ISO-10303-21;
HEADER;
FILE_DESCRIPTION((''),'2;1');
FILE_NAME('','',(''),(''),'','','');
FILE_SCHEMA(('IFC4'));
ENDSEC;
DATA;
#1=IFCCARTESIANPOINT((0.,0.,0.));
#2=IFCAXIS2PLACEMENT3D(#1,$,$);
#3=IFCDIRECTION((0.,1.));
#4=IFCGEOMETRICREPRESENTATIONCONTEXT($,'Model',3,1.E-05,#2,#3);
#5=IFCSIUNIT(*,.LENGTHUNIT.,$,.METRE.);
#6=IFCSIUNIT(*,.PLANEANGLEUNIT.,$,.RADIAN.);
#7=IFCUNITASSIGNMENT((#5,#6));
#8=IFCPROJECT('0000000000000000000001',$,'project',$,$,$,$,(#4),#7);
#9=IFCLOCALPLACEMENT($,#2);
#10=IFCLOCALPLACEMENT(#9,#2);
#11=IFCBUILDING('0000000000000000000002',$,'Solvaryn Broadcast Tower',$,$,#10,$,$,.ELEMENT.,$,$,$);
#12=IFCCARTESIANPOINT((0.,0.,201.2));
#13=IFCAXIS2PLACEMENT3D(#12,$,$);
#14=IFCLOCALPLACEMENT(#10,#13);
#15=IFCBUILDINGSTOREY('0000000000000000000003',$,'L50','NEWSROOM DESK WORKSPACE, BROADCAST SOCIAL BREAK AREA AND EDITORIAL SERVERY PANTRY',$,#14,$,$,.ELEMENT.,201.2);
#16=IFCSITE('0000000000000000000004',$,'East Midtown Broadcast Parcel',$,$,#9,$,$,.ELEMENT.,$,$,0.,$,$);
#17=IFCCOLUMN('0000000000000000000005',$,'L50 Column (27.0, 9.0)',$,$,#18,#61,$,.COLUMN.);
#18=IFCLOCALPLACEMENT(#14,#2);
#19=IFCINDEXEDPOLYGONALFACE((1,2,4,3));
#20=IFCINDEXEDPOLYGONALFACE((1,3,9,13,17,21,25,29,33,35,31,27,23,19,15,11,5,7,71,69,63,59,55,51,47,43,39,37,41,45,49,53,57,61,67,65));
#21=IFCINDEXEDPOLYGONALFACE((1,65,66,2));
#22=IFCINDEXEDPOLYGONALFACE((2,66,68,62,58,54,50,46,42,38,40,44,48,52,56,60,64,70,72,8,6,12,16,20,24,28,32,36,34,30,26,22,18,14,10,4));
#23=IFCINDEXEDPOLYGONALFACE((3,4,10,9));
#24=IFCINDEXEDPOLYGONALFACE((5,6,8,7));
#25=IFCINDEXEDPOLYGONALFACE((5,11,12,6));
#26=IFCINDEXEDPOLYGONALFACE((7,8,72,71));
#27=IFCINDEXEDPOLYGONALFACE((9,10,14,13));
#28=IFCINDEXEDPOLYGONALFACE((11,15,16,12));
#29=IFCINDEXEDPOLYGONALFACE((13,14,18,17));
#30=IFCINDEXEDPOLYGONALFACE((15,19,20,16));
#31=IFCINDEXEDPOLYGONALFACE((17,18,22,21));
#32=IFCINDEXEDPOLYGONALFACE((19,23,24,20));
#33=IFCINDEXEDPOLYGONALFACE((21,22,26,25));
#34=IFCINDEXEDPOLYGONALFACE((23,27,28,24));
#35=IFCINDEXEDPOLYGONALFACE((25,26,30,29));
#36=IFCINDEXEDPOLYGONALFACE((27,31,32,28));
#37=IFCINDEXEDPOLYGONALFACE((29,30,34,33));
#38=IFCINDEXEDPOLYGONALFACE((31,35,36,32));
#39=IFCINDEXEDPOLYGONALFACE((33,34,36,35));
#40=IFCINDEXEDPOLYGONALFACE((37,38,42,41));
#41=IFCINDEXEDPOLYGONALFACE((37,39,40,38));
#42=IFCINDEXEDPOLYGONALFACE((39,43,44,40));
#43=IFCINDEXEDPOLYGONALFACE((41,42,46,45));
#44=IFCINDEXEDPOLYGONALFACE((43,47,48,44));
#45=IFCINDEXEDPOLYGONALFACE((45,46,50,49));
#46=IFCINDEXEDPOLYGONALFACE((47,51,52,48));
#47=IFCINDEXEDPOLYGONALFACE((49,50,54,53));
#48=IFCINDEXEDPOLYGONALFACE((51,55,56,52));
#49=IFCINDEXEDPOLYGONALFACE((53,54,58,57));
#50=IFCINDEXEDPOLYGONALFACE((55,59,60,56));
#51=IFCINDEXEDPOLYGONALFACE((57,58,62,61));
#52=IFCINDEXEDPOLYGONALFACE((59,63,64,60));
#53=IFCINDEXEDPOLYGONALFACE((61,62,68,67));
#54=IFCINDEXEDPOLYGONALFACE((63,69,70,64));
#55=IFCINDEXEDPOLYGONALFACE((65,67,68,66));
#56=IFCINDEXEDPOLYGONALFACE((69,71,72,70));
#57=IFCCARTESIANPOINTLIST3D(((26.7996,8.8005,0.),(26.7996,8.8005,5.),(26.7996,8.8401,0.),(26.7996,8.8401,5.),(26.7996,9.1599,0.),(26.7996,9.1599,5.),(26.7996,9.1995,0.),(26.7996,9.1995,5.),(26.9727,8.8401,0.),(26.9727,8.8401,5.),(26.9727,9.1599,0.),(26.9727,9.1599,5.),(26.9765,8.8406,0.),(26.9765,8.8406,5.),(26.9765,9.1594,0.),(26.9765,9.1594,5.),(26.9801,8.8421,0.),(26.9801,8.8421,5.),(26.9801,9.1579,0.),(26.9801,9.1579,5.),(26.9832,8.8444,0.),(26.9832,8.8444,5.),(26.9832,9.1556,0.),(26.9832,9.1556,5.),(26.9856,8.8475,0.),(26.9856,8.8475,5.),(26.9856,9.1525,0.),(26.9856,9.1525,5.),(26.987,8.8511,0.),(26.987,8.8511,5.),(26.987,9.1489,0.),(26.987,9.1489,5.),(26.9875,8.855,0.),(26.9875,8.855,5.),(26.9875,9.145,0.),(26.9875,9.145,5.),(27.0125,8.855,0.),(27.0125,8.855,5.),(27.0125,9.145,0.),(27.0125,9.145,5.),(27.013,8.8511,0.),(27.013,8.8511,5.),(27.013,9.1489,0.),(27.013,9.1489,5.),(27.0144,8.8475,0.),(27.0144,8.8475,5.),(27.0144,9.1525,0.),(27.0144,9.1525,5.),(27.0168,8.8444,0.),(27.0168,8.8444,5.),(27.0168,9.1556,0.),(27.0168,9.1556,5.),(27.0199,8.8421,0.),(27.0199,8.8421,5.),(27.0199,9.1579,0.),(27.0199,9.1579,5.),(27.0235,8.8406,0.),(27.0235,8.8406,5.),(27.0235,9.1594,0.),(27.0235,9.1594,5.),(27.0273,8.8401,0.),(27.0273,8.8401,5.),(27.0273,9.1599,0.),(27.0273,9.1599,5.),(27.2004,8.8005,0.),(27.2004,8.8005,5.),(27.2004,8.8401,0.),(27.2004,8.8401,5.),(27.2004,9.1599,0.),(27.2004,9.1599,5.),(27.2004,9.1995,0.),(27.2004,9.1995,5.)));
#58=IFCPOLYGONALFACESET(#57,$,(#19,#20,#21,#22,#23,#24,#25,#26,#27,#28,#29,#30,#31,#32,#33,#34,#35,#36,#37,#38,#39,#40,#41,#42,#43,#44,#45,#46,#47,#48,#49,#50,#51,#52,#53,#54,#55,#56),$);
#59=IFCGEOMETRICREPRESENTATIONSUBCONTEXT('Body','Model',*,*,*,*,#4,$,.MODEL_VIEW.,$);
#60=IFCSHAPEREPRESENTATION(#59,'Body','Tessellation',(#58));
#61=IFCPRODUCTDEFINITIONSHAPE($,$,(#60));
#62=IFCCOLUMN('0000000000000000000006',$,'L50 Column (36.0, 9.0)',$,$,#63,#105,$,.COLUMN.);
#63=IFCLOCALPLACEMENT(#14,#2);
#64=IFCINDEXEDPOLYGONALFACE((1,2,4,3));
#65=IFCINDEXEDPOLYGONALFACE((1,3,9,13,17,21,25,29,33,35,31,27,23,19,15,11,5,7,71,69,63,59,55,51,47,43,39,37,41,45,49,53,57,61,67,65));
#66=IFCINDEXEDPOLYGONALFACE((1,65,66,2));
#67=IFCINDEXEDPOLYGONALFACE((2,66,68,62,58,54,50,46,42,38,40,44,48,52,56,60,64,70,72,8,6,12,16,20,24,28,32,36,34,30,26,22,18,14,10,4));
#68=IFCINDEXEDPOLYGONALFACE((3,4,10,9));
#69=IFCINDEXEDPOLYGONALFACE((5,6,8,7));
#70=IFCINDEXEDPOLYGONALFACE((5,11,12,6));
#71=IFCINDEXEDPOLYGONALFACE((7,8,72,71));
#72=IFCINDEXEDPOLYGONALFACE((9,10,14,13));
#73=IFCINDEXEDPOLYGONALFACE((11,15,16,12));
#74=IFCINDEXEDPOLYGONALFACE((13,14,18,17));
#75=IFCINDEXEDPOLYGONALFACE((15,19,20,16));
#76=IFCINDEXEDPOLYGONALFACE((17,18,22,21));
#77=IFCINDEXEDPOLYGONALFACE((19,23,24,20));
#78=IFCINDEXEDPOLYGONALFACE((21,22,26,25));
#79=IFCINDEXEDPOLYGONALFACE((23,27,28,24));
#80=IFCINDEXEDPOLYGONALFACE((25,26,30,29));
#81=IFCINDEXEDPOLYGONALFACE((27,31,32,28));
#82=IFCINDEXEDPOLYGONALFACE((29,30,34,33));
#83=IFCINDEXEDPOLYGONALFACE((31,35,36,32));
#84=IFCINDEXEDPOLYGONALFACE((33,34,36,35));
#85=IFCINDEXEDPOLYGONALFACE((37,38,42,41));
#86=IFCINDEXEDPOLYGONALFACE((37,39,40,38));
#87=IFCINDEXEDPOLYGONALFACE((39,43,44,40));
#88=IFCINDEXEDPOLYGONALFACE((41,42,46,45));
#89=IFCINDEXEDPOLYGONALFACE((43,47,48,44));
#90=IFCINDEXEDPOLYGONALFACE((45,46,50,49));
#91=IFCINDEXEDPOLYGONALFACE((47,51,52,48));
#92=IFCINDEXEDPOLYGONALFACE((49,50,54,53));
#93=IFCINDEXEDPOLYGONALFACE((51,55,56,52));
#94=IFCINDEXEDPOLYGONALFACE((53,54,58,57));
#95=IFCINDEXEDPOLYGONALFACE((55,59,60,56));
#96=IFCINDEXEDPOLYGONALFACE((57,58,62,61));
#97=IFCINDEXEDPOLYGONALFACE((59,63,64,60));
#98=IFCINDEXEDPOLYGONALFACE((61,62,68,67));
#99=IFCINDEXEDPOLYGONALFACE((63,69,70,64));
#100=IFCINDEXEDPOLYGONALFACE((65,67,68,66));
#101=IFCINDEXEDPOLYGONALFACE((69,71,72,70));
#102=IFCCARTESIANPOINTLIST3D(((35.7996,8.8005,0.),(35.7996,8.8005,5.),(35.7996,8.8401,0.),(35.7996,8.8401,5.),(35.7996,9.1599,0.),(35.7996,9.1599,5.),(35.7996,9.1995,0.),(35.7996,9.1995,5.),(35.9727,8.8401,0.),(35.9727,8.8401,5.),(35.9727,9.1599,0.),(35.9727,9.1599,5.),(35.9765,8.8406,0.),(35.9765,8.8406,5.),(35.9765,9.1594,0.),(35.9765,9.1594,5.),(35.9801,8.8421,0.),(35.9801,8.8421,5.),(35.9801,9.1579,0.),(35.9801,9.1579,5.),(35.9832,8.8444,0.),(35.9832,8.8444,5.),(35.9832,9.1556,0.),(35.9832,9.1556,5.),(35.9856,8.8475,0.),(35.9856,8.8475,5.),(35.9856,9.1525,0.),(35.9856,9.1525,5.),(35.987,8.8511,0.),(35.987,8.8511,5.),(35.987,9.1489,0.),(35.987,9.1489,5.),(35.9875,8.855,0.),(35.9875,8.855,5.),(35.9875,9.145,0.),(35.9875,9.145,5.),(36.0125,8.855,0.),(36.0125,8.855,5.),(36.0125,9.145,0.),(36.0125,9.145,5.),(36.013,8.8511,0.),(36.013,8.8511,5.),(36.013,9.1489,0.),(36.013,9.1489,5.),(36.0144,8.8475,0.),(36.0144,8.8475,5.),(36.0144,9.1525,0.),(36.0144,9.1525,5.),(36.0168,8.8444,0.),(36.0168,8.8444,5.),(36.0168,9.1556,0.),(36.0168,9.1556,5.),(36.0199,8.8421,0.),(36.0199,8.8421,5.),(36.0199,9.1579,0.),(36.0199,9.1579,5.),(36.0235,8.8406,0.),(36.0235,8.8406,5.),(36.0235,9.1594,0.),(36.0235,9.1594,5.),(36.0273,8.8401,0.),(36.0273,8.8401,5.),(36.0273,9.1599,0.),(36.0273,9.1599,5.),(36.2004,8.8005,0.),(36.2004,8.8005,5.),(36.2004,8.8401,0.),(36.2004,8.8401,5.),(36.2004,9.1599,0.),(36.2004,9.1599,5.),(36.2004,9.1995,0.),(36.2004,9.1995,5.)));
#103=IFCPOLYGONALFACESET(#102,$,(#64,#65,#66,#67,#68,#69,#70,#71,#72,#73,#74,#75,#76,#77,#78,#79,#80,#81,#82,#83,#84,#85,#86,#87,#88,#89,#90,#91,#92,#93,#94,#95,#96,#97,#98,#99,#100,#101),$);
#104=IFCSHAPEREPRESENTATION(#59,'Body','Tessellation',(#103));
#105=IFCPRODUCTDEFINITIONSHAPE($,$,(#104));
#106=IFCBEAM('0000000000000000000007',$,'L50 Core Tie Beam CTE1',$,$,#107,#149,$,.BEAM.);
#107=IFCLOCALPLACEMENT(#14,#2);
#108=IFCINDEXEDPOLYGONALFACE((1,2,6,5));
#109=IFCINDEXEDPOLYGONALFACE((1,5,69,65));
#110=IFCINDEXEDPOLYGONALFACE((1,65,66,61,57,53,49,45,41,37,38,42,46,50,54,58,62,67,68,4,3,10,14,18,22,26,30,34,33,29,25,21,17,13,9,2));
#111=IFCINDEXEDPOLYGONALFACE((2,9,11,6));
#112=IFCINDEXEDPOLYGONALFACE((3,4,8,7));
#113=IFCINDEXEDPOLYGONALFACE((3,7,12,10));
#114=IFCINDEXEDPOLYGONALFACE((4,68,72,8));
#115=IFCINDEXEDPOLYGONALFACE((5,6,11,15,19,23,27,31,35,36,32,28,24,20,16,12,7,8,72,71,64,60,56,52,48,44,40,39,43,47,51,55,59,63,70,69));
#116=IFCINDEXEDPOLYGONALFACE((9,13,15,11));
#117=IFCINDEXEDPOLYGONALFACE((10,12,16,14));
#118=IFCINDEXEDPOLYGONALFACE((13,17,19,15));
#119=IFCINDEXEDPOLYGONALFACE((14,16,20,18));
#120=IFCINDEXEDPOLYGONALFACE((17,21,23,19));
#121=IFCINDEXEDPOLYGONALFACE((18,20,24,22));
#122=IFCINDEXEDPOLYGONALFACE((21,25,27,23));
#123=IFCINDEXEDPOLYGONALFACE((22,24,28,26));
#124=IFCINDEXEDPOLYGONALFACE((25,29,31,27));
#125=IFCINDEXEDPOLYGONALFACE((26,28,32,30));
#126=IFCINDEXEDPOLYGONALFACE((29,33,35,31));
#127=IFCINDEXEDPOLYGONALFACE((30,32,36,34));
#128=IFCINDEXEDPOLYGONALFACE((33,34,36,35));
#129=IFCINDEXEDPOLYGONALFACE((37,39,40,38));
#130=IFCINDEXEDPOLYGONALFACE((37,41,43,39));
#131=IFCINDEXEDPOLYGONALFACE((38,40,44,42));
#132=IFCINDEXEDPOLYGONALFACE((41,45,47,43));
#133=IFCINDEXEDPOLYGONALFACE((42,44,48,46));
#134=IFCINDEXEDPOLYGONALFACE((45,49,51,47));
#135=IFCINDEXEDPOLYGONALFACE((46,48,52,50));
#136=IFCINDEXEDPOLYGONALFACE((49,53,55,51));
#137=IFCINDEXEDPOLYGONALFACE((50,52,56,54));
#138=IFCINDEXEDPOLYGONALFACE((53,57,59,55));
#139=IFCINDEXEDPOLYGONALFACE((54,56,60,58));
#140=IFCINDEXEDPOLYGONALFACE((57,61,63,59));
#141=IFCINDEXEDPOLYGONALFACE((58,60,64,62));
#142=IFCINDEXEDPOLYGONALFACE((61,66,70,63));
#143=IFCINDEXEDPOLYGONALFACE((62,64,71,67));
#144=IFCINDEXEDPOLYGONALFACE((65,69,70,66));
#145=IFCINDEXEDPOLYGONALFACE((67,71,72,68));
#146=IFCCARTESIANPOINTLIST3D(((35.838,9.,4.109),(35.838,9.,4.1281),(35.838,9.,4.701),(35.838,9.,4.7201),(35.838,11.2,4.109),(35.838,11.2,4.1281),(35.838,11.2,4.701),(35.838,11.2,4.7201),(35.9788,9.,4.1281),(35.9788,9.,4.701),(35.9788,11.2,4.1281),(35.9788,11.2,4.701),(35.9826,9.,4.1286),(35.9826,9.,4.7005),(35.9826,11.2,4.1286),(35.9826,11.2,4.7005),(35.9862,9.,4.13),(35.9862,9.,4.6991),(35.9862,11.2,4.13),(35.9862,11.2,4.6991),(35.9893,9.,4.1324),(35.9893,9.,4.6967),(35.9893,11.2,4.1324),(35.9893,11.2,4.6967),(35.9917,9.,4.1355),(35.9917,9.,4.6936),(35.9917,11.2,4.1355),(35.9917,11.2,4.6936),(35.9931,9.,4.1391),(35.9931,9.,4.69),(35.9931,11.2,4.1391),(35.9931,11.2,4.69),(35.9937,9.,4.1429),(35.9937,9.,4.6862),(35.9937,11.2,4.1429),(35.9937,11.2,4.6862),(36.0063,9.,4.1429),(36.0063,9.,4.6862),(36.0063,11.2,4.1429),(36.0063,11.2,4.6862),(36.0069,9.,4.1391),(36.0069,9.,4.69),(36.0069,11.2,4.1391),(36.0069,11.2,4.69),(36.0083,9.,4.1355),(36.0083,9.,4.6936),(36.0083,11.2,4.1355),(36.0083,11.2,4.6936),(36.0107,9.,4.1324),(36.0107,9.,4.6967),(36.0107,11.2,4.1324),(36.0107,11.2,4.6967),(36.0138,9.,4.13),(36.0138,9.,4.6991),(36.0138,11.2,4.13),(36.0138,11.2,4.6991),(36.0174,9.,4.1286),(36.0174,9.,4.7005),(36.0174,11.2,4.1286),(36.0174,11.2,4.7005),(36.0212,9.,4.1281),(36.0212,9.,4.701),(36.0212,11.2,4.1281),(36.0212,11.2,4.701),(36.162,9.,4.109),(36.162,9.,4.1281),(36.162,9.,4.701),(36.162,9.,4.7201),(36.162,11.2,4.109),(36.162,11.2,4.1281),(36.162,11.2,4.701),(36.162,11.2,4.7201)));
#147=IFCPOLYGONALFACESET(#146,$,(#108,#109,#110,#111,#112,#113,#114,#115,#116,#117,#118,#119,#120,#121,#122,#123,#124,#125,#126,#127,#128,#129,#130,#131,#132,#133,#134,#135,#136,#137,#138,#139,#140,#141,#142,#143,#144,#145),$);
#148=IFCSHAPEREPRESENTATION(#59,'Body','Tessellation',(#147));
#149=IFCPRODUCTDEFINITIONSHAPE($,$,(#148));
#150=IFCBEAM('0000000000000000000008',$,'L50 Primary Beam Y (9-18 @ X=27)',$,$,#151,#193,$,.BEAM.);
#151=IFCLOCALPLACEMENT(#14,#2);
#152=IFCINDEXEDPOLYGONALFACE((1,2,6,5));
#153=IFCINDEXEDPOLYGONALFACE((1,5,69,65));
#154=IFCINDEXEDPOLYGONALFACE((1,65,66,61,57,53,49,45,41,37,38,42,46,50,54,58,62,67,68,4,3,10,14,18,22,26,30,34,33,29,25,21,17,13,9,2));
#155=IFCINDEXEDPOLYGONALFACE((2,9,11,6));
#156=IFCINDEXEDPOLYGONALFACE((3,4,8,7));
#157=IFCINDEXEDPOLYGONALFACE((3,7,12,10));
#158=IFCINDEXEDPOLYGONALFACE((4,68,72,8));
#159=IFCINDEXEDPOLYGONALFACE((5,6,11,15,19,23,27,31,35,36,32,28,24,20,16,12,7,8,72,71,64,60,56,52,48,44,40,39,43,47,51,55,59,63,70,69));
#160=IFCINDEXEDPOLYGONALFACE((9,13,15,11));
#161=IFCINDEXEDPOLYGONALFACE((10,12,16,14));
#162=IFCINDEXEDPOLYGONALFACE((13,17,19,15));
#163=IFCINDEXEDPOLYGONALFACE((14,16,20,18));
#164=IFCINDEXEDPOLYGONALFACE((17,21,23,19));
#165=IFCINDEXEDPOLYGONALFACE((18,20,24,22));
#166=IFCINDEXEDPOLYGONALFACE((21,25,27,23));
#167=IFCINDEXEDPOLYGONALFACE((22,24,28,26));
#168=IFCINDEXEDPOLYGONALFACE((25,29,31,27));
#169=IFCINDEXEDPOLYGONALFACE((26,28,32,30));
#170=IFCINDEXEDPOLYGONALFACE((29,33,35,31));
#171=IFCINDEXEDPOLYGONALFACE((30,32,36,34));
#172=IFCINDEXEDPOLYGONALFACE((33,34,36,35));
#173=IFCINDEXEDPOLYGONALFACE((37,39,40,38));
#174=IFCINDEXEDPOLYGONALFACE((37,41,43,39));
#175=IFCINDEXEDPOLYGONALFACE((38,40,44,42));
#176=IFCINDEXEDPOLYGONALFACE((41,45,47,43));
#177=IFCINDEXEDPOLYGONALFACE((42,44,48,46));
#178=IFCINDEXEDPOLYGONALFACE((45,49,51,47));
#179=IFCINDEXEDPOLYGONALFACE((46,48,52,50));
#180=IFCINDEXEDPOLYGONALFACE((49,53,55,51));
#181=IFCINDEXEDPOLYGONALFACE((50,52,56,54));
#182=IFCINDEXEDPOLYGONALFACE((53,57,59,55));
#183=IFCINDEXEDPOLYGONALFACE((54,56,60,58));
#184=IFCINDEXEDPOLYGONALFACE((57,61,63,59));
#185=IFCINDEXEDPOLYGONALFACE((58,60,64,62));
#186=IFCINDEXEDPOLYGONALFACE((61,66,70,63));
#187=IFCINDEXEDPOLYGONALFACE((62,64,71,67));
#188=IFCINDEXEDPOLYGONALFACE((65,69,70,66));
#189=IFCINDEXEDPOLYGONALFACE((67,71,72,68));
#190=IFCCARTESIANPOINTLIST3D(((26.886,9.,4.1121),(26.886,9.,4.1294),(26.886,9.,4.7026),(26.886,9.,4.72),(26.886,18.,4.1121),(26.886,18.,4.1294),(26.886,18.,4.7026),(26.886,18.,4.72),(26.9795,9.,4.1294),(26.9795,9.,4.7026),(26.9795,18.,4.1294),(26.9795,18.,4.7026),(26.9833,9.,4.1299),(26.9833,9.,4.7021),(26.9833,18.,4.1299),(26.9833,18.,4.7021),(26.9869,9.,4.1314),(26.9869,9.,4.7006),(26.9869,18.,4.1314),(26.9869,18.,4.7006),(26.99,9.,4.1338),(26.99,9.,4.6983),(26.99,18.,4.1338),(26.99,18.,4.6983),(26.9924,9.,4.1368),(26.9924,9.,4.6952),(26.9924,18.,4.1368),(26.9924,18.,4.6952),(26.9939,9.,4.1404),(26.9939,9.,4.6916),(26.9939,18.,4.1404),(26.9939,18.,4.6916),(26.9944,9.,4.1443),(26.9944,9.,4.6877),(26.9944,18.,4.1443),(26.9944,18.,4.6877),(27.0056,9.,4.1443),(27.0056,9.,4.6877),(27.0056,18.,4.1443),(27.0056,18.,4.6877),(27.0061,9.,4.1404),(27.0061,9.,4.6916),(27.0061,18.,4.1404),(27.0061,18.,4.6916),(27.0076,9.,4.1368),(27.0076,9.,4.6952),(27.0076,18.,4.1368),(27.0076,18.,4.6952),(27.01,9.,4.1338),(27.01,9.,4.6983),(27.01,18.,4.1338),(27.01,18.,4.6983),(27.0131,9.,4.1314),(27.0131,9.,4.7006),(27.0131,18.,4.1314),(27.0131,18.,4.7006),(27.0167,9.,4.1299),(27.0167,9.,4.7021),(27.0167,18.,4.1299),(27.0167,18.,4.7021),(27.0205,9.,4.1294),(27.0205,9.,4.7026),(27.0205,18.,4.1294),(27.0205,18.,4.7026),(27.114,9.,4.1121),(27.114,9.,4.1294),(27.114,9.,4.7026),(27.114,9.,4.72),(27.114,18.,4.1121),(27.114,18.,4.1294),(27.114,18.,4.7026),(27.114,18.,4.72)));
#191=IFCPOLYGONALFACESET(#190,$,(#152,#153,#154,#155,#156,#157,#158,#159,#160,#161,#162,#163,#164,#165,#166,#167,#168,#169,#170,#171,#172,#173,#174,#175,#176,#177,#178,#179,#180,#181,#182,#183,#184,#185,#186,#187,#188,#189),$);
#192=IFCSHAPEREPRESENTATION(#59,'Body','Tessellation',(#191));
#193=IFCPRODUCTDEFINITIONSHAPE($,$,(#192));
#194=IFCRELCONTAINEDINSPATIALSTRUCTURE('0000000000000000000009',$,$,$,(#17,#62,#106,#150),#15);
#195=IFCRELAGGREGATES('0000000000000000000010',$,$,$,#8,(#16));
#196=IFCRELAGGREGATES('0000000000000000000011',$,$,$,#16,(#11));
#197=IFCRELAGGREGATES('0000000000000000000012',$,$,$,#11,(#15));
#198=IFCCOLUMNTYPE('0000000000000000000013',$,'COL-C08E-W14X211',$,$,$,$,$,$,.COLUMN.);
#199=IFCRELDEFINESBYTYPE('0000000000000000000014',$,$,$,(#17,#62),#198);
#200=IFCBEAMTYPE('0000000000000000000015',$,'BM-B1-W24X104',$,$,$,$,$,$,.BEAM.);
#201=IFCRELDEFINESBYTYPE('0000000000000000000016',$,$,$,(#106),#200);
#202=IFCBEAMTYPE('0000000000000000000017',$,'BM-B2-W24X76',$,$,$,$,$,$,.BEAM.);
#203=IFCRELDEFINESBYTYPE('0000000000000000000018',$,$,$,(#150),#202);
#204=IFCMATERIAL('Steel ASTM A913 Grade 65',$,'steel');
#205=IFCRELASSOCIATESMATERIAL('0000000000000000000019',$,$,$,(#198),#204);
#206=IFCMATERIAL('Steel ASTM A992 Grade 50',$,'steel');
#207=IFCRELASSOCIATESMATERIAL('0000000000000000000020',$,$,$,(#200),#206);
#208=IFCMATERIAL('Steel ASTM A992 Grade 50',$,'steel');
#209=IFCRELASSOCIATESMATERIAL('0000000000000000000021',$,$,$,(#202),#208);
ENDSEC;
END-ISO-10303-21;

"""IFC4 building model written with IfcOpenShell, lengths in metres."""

from ifc_helpers import new_model, si_unit, direction, frame, origin, origin_2d, place, context, subcontext, project, spatial, i_section, extrude, material, material_profile, profile_set, type_object, element, save


model = new_model("IFC4")

# Units and contexts
model_context = context("Model", 3, precision=1e-05, world=origin(), true_north=direction((0.0, 1.0)))
body_context = subcontext(model_context, "Body", "Model", "MODEL_VIEW")
ifc_project = project(units=[si_unit("LENGTHUNIT", "METRE"), si_unit("PLANEANGLEUNIT", "RADIAN")], contexts=[model_context])

# Site, building, storey
site_placement = place(None, origin())
site = spatial("IfcSite", under=ifc_project, at=site_placement, Name="East Midtown Broadcast Parcel", CompositionType="ELEMENT", RefElevation=0.0)
building_placement = place(site_placement, origin())
building = spatial("IfcBuilding", under=site, at=building_placement, Name="Solvaryn Broadcast Tower", CompositionType="ELEMENT")
storey_placement = place(building_placement, frame((0.0, 0.0, 201.2)))
storey = spatial("IfcBuildingStorey", under=building, at=storey_placement, Name="L50", Description="NEWSROOM DESK WORKSPACE, BROADCAST SOCIAL BREAK AREA AND EDITORIAL SERVERY PANTRY", CompositionType="ELEMENT", Elevation=201.2)

# Columns
ifc_material_1 = material(Name="Steel ASTM A913 Grade 65", Category="steel")
ifc_material_profile_1 = material_profile(ifc_material_1, i_section(OverallWidth=0.4009, OverallDepth=0.3989, WebThickness=0.0249, FlangeThickness=0.0396, FilletRadius=0.0149, at=origin_2d()))
ifc_profile_set_1 = profile_set([ifc_material_profile_1], Name="Steel ASTM A913 Grade 65")
column_type = type_object("IfcColumnType", Name="COL-C08E-W14X211", PredefinedType="COLUMN", material=ifc_profile_set_1)
for number, where, z_axis, x_axis, name in (
    (1, (27.0, 9.0, 0.0), (0.0, 0.0, 1.0), (1.0, 0.0, 0.0), "L50 Column (27.0, 9.0)"),
    (2, (36.0, 9.0, 0.0), (0.0, 0.0, 1.0), (1.0, 0.0, 0.0), "L50 Column (36.0, 9.0)"),
):
    element("IfcColumn", number, at=place(storey_placement, frame(where, z_axis=z_axis, x_axis=x_axis)), inside=storey, type_object=column_type, Name=name, PredefinedType="COLUMN", context=body_context, shape_type="SweptSolid", body=[
        extrude(i_section(OverallWidth=0.4009, OverallDepth=0.3989, WebThickness=0.0249, FlangeThickness=0.0396, FilletRadius=0.0149, at=origin_2d()), origin(), (0.0, 0.0, 1.0), 5.0),
    ])

# Beams
ifc_material_2 = material(Name="Steel ASTM A992 Grade 50", Category="steel")
ifc_material_profile_2 = material_profile(ifc_material_2, i_section(OverallWidth=0.324, OverallDepth=0.6111, WebThickness=0.0127, FlangeThickness=0.019, FilletRadius=0.0149, at=origin_2d()))
ifc_profile_set_2 = profile_set([ifc_material_profile_2], Name="Steel ASTM A992 Grade 50")
beam_type_1 = type_object("IfcBeamType", Name="BM-B1-W24X104", PredefinedType="BEAM", material=ifc_profile_set_2)
beam_1_placement = place(storey_placement, frame((36.0, 9.0, 4.4146), z_axis=(0.0, 1.0, 0.0), x_axis=(-1.0, 0.0, 0.0)))
element("IfcBeam", 3, at=beam_1_placement, inside=storey, type_object=beam_type_1, Name="L50 Core Tie Beam CTE1", PredefinedType="BEAM", context=body_context, shape_type="SweptSolid", body=[
    extrude(i_section(OverallWidth=0.324, OverallDepth=0.6111, WebThickness=0.0127, FlangeThickness=0.019, FilletRadius=0.0149, at=origin_2d()), origin(), (0.0, 0.0, 1.0), 2.2),
])
ifc_material_3 = material(Name="Steel ASTM A992 Grade 50", Category="steel")
ifc_material_profile_3 = material_profile(ifc_material_3, i_section(OverallWidth=0.228, OverallDepth=0.6079, WebThickness=0.0112, FlangeThickness=0.0173, FilletRadius=0.0149, at=origin_2d()))
ifc_profile_set_3 = profile_set([ifc_material_profile_3], Name="Steel ASTM A992 Grade 50")
beam_type_2 = type_object("IfcBeamType", Name="BM-B2-W24X76", PredefinedType="BEAM", material=ifc_profile_set_3)
beam_2_placement = place(storey_placement, frame((27.0, 9.0, 4.416), z_axis=(0.0, 1.0, 0.0), x_axis=(-1.0, 0.0, 0.0)))
element("IfcBeam", 4, at=beam_2_placement, inside=storey, type_object=beam_type_2, Name="L50 Primary Beam Y (9-18 @ X=27)", PredefinedType="BEAM", context=body_context, shape_type="SweptSolid", body=[
    extrude(i_section(OverallWidth=0.228, OverallDepth=0.6079, WebThickness=0.0112, FlangeThickness=0.0173, FilletRadius=0.0149, at=origin_2d()), origin(), (0.0, 0.0, 1.0), 9.0),
])

save(model, "model.ifc")
